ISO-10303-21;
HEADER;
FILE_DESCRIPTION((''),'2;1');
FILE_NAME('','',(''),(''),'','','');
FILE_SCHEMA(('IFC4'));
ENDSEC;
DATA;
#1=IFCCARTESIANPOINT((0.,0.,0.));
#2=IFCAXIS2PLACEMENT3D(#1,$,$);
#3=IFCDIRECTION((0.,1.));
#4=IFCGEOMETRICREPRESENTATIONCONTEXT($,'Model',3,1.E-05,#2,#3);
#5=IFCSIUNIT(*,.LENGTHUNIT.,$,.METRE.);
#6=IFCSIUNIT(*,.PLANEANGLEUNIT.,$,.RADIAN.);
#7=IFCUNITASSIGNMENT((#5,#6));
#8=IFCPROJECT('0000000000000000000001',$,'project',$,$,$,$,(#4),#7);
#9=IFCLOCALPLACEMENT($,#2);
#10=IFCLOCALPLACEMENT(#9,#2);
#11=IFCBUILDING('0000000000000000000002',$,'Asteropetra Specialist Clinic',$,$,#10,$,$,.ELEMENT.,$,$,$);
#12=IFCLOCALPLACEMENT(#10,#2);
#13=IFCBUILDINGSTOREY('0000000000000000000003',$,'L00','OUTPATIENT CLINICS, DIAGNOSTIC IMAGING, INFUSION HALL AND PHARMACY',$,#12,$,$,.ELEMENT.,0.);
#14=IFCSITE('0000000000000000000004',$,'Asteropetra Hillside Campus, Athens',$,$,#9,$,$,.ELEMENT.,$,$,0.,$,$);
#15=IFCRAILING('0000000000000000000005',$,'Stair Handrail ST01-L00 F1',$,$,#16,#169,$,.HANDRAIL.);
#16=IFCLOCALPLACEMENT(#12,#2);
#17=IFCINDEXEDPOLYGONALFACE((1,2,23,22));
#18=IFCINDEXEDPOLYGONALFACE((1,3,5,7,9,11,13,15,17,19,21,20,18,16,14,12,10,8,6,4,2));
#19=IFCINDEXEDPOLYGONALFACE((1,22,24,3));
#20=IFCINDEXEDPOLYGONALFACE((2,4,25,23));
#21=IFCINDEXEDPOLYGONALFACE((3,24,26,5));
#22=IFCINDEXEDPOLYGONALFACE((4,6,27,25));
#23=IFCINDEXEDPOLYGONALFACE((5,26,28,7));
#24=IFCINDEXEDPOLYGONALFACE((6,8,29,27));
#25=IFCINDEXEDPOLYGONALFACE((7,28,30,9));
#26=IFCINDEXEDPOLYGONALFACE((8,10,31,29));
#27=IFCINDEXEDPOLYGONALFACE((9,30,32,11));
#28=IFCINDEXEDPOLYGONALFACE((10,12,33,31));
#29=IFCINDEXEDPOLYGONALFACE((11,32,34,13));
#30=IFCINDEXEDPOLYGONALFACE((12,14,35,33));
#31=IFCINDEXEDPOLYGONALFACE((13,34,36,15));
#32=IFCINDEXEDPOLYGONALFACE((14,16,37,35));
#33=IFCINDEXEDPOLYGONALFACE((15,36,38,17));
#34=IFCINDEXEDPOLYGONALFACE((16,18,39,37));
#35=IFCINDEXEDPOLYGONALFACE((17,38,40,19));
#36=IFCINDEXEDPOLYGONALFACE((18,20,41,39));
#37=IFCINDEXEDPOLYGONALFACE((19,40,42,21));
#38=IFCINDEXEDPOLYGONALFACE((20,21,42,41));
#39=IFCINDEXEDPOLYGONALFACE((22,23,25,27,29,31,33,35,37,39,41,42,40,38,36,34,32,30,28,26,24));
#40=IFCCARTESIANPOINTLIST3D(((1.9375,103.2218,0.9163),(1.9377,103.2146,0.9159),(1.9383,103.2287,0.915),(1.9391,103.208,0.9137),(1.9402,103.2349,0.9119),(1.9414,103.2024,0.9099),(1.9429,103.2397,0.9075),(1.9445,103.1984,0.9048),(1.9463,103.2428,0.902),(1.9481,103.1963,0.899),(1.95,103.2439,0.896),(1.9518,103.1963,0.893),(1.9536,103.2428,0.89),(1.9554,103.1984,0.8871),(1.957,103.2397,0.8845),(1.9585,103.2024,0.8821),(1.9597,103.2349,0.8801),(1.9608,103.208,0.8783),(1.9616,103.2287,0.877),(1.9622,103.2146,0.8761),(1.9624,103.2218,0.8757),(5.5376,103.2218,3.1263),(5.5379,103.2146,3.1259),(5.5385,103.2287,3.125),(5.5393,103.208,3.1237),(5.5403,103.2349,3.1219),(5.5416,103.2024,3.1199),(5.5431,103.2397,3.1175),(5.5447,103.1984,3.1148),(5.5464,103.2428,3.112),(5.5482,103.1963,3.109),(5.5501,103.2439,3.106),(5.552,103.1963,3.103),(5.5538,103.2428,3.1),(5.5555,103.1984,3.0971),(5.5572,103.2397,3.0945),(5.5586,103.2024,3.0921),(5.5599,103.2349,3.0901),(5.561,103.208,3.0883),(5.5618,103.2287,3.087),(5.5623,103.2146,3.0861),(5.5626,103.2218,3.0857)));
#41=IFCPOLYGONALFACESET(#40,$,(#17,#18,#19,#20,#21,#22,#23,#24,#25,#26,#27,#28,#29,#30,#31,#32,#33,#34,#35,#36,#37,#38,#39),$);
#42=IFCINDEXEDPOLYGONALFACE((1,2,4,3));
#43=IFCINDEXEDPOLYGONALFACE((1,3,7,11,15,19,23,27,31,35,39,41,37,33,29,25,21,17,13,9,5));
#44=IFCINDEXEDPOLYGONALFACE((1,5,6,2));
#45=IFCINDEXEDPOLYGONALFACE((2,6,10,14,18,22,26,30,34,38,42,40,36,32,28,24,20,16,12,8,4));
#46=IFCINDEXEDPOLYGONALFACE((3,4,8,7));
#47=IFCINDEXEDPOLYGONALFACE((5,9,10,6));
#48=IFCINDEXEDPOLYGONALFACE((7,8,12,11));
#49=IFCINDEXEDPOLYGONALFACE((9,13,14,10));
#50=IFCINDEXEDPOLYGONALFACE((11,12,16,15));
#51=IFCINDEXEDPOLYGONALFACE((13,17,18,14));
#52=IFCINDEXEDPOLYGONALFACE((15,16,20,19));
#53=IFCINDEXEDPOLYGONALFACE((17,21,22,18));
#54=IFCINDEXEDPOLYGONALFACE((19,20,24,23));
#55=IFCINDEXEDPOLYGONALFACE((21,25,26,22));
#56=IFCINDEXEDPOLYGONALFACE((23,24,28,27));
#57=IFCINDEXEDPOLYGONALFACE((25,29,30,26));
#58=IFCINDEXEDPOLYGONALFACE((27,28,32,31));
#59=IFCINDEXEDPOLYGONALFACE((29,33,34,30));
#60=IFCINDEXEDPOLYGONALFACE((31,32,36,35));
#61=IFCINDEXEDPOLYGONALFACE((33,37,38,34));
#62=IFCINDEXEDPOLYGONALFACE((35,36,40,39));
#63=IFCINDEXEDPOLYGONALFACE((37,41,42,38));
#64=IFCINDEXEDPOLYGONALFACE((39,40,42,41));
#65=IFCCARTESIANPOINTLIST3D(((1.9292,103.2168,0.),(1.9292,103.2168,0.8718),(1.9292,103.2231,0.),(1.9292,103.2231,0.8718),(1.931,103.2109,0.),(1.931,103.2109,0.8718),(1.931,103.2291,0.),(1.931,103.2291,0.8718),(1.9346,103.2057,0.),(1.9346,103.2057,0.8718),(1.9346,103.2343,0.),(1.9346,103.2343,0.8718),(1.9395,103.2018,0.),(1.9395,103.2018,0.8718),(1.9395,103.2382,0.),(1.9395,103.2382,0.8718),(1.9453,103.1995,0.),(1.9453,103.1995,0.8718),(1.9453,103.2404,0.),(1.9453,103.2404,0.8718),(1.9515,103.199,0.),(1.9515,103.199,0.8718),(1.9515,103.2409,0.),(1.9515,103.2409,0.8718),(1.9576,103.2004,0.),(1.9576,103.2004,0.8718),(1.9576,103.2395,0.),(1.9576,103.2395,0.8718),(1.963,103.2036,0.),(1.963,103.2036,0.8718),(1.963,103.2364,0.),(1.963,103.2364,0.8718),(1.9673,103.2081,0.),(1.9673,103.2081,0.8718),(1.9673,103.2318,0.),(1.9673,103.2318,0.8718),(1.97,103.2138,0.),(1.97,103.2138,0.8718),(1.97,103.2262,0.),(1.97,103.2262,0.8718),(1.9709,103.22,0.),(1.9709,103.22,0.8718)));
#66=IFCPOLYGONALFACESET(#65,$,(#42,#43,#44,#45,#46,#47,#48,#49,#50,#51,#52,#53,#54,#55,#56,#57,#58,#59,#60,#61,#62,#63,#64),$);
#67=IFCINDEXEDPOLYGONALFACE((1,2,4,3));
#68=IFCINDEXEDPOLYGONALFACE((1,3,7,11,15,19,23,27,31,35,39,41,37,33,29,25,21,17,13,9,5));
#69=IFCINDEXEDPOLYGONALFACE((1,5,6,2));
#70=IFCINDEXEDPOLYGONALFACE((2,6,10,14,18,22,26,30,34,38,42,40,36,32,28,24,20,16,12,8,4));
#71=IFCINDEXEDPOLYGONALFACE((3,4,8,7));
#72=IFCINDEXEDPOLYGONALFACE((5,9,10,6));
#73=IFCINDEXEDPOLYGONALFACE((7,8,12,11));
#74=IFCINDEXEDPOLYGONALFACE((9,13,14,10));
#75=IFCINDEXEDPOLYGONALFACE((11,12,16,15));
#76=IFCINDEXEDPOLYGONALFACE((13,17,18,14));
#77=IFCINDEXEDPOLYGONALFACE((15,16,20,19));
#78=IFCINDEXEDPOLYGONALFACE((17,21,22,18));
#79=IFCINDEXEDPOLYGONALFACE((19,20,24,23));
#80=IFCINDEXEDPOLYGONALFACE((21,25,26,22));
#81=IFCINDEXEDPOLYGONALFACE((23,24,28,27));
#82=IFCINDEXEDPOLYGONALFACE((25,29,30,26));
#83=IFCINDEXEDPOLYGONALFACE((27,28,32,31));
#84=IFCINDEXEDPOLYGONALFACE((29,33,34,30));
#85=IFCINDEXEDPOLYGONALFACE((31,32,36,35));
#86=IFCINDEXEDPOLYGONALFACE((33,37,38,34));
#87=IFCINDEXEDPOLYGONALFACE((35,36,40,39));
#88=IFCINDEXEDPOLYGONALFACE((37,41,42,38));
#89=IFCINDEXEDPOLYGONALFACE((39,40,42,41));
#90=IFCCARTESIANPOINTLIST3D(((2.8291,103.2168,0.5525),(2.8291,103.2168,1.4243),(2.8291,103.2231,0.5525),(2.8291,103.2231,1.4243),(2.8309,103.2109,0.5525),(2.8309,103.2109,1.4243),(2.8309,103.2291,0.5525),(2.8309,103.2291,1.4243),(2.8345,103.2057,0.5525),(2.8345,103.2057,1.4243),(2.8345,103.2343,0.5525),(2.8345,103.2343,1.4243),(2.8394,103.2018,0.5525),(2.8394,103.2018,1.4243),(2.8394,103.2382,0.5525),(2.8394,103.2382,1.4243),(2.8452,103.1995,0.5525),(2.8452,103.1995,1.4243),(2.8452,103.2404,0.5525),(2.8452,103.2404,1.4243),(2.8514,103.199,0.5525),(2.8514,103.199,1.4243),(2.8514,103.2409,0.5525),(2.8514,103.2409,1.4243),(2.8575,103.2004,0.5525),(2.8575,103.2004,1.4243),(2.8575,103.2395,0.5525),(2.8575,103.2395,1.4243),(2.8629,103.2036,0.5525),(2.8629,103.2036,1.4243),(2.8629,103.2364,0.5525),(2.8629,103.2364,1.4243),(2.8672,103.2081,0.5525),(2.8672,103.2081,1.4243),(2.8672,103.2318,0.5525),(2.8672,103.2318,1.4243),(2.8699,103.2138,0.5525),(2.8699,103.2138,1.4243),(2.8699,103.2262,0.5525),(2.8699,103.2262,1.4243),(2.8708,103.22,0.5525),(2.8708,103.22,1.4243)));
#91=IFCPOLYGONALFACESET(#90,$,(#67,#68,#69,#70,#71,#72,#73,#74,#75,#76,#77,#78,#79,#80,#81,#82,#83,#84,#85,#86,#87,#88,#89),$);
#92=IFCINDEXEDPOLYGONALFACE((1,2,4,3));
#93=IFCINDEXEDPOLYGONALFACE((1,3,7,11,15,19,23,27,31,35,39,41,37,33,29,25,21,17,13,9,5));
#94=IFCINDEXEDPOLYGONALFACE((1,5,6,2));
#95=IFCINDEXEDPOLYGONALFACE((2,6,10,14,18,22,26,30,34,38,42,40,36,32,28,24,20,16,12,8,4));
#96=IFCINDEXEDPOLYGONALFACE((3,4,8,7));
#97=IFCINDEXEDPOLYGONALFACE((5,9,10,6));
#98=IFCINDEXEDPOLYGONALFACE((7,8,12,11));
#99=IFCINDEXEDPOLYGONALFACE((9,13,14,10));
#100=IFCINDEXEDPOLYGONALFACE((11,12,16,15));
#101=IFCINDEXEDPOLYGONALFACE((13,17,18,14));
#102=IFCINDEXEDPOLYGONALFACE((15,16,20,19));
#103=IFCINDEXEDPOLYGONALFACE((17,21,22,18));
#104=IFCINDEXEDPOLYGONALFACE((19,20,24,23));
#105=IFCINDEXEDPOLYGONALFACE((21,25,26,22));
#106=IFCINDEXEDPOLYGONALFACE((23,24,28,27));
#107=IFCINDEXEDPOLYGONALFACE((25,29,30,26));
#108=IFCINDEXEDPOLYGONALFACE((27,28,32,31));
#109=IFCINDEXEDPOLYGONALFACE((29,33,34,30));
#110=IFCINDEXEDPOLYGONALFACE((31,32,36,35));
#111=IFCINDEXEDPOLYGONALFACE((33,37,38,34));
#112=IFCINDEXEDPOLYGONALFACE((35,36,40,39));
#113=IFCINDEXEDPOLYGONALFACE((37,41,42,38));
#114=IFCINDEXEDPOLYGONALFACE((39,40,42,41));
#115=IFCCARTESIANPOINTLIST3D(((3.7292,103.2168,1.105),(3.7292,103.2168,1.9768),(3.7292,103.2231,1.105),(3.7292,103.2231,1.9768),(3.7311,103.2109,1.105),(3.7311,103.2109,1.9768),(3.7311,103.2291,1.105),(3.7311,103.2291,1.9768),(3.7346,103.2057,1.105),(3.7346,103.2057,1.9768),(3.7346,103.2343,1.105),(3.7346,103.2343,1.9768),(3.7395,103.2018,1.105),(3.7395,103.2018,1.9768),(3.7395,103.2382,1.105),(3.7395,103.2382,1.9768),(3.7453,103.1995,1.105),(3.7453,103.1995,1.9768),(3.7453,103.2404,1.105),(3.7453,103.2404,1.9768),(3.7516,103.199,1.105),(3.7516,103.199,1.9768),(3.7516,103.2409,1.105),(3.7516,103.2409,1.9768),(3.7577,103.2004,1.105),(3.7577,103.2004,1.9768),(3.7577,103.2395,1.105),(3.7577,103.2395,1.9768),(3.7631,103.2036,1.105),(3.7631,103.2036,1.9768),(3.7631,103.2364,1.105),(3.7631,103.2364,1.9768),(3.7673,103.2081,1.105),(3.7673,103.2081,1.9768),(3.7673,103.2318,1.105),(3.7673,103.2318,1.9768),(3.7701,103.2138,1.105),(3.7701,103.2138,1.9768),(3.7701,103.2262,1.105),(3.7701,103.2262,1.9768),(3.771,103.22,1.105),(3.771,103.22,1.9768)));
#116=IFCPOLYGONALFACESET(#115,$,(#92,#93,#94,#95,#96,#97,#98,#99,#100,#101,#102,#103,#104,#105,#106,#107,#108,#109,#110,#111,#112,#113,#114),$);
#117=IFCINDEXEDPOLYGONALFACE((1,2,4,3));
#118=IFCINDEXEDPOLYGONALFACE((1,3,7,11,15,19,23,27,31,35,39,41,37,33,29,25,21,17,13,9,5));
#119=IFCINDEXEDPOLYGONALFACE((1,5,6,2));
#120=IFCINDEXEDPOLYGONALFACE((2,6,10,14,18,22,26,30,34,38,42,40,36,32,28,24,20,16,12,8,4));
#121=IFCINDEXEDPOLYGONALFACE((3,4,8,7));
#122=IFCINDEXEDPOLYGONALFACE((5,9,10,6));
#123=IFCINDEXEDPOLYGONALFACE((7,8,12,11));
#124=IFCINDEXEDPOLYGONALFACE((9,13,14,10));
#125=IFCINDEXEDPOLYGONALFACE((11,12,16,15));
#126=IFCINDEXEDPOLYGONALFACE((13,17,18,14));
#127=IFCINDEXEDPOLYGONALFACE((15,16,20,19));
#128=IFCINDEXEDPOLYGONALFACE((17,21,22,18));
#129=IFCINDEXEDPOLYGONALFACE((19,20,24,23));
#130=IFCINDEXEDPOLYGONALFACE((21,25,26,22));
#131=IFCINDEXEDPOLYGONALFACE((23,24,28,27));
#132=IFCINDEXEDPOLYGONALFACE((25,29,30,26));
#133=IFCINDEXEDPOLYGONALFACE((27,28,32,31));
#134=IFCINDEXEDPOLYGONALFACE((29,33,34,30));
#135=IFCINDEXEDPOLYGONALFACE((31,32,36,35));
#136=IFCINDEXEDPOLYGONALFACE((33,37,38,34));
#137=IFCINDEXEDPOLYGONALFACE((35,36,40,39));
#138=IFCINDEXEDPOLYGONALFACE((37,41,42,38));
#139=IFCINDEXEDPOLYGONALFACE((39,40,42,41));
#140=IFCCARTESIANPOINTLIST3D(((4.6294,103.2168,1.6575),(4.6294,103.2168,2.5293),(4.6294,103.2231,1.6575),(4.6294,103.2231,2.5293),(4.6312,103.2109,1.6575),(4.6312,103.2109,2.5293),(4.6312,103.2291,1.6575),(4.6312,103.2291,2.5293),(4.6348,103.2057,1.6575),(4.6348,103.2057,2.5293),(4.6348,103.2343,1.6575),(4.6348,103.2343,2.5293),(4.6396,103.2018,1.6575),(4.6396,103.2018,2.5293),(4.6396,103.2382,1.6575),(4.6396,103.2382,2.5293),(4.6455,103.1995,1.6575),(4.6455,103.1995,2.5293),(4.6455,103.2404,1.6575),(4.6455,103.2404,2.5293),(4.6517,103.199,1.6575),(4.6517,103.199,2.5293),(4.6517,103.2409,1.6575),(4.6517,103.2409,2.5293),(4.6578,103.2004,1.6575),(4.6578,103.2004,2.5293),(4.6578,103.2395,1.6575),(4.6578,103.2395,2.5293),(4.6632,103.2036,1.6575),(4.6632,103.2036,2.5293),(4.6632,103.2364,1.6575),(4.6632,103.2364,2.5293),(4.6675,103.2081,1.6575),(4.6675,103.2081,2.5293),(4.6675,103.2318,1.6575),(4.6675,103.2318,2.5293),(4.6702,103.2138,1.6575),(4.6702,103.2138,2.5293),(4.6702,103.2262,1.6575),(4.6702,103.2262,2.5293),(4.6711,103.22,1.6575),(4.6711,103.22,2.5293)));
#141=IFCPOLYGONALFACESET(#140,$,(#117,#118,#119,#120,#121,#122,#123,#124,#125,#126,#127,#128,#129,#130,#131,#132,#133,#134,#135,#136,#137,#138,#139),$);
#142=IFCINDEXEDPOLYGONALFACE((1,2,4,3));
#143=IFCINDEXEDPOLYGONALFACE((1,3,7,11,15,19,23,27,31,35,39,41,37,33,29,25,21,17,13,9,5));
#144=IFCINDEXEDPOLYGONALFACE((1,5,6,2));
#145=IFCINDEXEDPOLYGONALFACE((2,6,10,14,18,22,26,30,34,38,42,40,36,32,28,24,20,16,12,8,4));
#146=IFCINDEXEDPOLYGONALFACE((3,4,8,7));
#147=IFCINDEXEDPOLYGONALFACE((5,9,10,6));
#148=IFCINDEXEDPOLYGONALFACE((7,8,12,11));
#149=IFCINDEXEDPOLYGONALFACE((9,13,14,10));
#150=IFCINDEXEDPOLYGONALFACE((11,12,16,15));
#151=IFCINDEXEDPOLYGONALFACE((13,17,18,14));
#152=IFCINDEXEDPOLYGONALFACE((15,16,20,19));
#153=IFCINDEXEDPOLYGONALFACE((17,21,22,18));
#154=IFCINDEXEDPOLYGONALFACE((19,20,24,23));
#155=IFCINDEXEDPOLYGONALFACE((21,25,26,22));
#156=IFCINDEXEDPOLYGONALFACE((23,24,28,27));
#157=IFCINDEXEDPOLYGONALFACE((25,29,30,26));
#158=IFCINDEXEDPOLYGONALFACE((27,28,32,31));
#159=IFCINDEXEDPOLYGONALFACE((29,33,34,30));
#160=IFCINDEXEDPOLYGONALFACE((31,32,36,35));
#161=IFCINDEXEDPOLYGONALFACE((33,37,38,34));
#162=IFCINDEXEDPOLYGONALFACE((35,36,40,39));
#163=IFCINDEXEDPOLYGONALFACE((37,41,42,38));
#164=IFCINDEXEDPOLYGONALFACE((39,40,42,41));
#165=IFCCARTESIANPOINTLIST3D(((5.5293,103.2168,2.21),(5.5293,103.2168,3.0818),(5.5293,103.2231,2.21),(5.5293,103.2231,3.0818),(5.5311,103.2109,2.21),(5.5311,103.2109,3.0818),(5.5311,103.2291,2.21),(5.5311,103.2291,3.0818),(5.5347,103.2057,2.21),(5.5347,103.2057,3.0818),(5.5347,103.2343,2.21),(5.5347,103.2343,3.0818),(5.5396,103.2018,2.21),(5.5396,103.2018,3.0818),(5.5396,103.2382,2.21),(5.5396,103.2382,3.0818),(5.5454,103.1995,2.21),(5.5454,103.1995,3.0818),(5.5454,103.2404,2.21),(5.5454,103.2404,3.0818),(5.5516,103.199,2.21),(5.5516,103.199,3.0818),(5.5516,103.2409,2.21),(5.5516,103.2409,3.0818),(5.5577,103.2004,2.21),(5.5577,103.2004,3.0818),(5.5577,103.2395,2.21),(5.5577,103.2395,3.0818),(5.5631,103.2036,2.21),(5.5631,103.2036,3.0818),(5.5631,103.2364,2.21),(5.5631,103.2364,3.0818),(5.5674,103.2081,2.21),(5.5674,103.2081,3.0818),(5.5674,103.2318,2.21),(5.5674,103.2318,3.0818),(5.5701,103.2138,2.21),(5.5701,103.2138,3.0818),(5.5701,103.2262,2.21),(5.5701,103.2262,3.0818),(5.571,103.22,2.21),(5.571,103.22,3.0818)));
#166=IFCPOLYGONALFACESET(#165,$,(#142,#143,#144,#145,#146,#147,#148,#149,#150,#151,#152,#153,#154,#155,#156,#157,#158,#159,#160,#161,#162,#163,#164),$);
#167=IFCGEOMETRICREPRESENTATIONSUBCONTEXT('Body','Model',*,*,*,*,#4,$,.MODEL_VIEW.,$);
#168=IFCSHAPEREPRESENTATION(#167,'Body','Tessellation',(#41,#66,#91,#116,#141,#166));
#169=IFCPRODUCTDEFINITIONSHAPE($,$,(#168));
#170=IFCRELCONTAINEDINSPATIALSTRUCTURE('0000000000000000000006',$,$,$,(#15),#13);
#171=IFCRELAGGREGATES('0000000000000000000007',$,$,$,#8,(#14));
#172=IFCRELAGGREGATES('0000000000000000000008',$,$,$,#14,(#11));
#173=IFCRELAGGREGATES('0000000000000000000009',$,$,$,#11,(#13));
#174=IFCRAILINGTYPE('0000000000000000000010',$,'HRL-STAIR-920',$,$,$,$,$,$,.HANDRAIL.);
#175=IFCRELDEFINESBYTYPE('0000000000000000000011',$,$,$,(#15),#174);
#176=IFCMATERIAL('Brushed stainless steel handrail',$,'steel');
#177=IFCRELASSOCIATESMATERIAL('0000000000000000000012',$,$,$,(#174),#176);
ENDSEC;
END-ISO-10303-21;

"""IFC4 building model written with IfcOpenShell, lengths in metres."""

from ifc_helpers import new_model, si_unit, direction, frame, origin, origin_2d, place, context, subcontext, project, spatial, circle, extrude, material, type_object, element, save


model = new_model("IFC4")

# Units and contexts
model_context = context("Model", 3, precision=1e-05, world=origin(), true_north=direction((0.0, 1.0)))
body_context = subcontext(model_context, "Body", "Model", "MODEL_VIEW")
ifc_project = project(units=[si_unit("LENGTHUNIT", "METRE"), si_unit("PLANEANGLEUNIT", "RADIAN")], contexts=[model_context])

# Site, building, storey
site_placement = place(None, origin())
site = spatial("IfcSite", under=ifc_project, at=site_placement, Name="Asteropetra Hillside Campus, Athens", CompositionType="ELEMENT", RefElevation=0.0)
building_placement = place(site_placement, origin())
building = spatial("IfcBuilding", under=site, at=building_placement, Name="Asteropetra Specialist Clinic", CompositionType="ELEMENT")
storey_placement = place(building_placement, origin())
storey = spatial("IfcBuildingStorey", under=building, at=storey_placement, Name="L00", Description="OUTPATIENT CLINICS, DIAGNOSTIC IMAGING, INFUSION HALL AND PHARMACY", CompositionType="ELEMENT", Elevation=0.0)

# Railing
ifc_material_1 = material(Name="Brushed stainless steel handrail", Category="steel")
railing_type_1 = type_object("IfcRailingType", Name="HRL-STAIR-920", PredefinedType="HANDRAIL", material=ifc_material_1)
railing_1_placement = place(storey_placement, frame((1.95, 103.22, 0.0)))
element("IfcRailing", 1, at=railing_1_placement, inside=storey, type_object=railing_type_1, Name="Stair Handrail ST01-L00 F1", PredefinedType="HANDRAIL", context=body_context, shape_type="SweptSolid", body=[
    extrude(circle(Radius=0.0239, at=origin_2d()), frame((0.0, 0.0, 0.896), z_axis=(0.852237, 0.0, 0.523156), x_axis=(0.0, 1.0, 0.0)), (0.0, 0.0, 1.0), 4.2244),
    extrude(circle(Radius=0.021, at=origin_2d()), origin(), (0.0, 0.0, 1.0), 0.8718),
    extrude(circle(Radius=0.021, at=origin_2d()), frame((0.8999, 0.0, 0.5525)), (0.0, 0.0, 1.0), 0.8718),
    extrude(circle(Radius=0.021, at=origin_2d()), frame((1.8, 0.0, 1.105)), (0.0, 0.0, 1.0), 0.8718),
    extrude(circle(Radius=0.021, at=origin_2d()), frame((2.7002, 0.0, 1.6575)), (0.0, 0.0, 1.0), 0.8718),
    extrude(circle(Radius=0.021, at=origin_2d()), frame((3.6001, 0.0, 2.21)), (0.0, 0.0, 1.0), 0.8718),
])

save(model, "model.ifc")
